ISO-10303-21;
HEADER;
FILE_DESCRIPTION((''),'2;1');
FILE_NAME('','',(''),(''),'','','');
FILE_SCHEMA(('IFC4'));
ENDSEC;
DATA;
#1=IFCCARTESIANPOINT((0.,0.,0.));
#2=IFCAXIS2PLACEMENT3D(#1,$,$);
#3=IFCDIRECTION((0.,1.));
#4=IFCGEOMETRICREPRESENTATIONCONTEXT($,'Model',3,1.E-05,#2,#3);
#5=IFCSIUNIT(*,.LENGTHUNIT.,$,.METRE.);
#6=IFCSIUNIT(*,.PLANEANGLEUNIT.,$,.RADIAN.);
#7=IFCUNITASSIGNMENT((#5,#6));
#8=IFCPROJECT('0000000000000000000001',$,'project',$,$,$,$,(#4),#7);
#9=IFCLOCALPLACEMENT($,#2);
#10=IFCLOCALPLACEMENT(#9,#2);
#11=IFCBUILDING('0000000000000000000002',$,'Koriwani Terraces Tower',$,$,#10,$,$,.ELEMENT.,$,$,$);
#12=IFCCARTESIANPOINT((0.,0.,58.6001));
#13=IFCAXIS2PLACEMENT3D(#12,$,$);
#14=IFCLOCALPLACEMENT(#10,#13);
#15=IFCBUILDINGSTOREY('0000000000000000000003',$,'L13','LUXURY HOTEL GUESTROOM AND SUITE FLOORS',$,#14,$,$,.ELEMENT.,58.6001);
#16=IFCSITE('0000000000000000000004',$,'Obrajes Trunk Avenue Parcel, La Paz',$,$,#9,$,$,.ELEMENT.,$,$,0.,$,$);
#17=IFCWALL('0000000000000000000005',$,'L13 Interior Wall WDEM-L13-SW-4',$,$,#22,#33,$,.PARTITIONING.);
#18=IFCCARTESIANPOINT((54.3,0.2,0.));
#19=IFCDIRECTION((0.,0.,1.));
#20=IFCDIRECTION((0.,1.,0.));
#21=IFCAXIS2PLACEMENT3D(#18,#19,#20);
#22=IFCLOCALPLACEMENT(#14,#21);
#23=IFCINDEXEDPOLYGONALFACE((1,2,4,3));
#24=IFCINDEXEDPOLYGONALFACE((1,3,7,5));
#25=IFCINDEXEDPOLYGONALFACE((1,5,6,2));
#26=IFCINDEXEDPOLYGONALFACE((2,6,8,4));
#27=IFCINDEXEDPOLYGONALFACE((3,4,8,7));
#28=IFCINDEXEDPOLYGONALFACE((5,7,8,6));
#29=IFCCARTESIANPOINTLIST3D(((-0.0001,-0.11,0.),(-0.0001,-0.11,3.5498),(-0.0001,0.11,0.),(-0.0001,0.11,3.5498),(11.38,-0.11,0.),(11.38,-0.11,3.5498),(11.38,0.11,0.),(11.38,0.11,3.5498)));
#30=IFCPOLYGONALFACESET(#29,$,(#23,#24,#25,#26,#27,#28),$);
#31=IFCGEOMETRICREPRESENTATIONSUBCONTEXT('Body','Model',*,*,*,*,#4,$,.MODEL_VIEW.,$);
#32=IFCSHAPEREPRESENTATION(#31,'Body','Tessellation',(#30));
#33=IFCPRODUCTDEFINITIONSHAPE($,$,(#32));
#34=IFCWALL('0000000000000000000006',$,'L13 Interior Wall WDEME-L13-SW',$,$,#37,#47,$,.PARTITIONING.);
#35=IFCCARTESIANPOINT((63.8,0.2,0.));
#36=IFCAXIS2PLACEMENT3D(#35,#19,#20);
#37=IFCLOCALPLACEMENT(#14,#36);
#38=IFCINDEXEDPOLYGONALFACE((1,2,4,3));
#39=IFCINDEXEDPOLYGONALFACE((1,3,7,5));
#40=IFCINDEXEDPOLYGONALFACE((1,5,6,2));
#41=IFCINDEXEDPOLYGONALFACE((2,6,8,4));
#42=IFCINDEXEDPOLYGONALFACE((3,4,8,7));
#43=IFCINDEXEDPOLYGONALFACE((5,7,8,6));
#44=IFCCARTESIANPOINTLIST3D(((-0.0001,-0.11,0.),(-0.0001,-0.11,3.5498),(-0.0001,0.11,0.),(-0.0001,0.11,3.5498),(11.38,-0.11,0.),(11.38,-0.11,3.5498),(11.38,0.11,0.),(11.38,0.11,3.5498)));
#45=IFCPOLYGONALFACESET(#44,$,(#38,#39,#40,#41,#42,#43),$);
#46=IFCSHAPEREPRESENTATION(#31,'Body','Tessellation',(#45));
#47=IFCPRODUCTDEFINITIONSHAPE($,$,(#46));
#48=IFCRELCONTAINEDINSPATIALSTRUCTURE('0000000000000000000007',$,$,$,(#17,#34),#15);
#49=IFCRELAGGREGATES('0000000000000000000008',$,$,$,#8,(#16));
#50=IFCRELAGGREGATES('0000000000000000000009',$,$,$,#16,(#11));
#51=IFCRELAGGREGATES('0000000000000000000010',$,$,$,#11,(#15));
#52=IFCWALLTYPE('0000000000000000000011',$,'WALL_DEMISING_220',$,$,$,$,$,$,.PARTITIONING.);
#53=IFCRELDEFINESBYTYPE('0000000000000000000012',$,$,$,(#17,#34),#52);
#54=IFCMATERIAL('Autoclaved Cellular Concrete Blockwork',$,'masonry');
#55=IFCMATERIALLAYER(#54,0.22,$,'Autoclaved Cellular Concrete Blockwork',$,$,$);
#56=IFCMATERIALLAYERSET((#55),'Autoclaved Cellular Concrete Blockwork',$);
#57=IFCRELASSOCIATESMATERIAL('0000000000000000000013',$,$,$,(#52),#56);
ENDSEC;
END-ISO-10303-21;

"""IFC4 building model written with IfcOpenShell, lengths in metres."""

from ifc_helpers import new_model, si_unit, direction, frame, frame_2d, origin, place, context, subcontext, project, spatial, rectangle, extrude, material, layer, layer_set, type_object, element, save


model = new_model("IFC4")

# Units and contexts
model_context = context("Model", 3, precision=1e-05, world=origin(), true_north=direction((0.0, 1.0)))
body_context = subcontext(model_context, "Body", "Model", "MODEL_VIEW")
ifc_project = project(units=[si_unit("LENGTHUNIT", "METRE"), si_unit("PLANEANGLEUNIT", "RADIAN")], contexts=[model_context])

# Site, building, storey
site_placement = place(None, origin())
site = spatial("IfcSite", under=ifc_project, at=site_placement, Name="Obrajes Trunk Avenue Parcel, La Paz", CompositionType="ELEMENT", RefElevation=0.0)
building_placement = place(site_placement, origin())
building = spatial("IfcBuilding", under=site, at=building_placement, Name="Koriwani Terraces Tower", CompositionType="ELEMENT")
storey_placement = place(building_placement, frame((0.0, 0.0, 58.6001)))
storey = spatial("IfcBuildingStorey", under=building, at=storey_placement, Name="L13", Description="LUXURY HOTEL GUESTROOM AND SUITE FLOORS", CompositionType="ELEMENT", Elevation=58.6001)

# Shared definitions
ifc_material_1 = material(Name="Autoclaved Cellular Concrete Blockwork", Category="masonry")

# Walls
ifc_layer_1 = layer(ifc_material_1, 0.22, Name="Autoclaved Cellular Concrete Blockwork")
ifc_layer_set_1 = layer_set([ifc_layer_1], Name="Autoclaved Cellular Concrete Blockwork")
wall_type_1 = type_object("IfcWallType", Name="WALL_DEMISING_220", PredefinedType="PARTITIONING", material=ifc_layer_set_1)
for number, where, z_axis, x_axis, name in (
    (1, (54.3, 0.2, 0.0), (0.0, 0.0, 1.0), (0.0, 1.0, 0.0), "L13 Interior Wall WDEM-L13-SW-4"),
    (2, (63.8, 0.2, 0.0), (0.0, 0.0, 1.0), (0.0, 1.0, 0.0), "L13 Interior Wall WDEME-L13-SW"),
):
    element("IfcWall", number, at=place(storey_placement, frame(where, z_axis=z_axis, x_axis=x_axis)), inside=storey, type_object=wall_type_1, Name=name, PredefinedType="PARTITIONING", context=body_context, shape_type="SweptSolid", body=[
        extrude(rectangle(XDim=11.3801, YDim=0.22, at=frame_2d((5.6899, 0.0))), origin(), (0.0, 0.0, 1.0), 3.5498),
    ])

save(model, "model.ifc")
